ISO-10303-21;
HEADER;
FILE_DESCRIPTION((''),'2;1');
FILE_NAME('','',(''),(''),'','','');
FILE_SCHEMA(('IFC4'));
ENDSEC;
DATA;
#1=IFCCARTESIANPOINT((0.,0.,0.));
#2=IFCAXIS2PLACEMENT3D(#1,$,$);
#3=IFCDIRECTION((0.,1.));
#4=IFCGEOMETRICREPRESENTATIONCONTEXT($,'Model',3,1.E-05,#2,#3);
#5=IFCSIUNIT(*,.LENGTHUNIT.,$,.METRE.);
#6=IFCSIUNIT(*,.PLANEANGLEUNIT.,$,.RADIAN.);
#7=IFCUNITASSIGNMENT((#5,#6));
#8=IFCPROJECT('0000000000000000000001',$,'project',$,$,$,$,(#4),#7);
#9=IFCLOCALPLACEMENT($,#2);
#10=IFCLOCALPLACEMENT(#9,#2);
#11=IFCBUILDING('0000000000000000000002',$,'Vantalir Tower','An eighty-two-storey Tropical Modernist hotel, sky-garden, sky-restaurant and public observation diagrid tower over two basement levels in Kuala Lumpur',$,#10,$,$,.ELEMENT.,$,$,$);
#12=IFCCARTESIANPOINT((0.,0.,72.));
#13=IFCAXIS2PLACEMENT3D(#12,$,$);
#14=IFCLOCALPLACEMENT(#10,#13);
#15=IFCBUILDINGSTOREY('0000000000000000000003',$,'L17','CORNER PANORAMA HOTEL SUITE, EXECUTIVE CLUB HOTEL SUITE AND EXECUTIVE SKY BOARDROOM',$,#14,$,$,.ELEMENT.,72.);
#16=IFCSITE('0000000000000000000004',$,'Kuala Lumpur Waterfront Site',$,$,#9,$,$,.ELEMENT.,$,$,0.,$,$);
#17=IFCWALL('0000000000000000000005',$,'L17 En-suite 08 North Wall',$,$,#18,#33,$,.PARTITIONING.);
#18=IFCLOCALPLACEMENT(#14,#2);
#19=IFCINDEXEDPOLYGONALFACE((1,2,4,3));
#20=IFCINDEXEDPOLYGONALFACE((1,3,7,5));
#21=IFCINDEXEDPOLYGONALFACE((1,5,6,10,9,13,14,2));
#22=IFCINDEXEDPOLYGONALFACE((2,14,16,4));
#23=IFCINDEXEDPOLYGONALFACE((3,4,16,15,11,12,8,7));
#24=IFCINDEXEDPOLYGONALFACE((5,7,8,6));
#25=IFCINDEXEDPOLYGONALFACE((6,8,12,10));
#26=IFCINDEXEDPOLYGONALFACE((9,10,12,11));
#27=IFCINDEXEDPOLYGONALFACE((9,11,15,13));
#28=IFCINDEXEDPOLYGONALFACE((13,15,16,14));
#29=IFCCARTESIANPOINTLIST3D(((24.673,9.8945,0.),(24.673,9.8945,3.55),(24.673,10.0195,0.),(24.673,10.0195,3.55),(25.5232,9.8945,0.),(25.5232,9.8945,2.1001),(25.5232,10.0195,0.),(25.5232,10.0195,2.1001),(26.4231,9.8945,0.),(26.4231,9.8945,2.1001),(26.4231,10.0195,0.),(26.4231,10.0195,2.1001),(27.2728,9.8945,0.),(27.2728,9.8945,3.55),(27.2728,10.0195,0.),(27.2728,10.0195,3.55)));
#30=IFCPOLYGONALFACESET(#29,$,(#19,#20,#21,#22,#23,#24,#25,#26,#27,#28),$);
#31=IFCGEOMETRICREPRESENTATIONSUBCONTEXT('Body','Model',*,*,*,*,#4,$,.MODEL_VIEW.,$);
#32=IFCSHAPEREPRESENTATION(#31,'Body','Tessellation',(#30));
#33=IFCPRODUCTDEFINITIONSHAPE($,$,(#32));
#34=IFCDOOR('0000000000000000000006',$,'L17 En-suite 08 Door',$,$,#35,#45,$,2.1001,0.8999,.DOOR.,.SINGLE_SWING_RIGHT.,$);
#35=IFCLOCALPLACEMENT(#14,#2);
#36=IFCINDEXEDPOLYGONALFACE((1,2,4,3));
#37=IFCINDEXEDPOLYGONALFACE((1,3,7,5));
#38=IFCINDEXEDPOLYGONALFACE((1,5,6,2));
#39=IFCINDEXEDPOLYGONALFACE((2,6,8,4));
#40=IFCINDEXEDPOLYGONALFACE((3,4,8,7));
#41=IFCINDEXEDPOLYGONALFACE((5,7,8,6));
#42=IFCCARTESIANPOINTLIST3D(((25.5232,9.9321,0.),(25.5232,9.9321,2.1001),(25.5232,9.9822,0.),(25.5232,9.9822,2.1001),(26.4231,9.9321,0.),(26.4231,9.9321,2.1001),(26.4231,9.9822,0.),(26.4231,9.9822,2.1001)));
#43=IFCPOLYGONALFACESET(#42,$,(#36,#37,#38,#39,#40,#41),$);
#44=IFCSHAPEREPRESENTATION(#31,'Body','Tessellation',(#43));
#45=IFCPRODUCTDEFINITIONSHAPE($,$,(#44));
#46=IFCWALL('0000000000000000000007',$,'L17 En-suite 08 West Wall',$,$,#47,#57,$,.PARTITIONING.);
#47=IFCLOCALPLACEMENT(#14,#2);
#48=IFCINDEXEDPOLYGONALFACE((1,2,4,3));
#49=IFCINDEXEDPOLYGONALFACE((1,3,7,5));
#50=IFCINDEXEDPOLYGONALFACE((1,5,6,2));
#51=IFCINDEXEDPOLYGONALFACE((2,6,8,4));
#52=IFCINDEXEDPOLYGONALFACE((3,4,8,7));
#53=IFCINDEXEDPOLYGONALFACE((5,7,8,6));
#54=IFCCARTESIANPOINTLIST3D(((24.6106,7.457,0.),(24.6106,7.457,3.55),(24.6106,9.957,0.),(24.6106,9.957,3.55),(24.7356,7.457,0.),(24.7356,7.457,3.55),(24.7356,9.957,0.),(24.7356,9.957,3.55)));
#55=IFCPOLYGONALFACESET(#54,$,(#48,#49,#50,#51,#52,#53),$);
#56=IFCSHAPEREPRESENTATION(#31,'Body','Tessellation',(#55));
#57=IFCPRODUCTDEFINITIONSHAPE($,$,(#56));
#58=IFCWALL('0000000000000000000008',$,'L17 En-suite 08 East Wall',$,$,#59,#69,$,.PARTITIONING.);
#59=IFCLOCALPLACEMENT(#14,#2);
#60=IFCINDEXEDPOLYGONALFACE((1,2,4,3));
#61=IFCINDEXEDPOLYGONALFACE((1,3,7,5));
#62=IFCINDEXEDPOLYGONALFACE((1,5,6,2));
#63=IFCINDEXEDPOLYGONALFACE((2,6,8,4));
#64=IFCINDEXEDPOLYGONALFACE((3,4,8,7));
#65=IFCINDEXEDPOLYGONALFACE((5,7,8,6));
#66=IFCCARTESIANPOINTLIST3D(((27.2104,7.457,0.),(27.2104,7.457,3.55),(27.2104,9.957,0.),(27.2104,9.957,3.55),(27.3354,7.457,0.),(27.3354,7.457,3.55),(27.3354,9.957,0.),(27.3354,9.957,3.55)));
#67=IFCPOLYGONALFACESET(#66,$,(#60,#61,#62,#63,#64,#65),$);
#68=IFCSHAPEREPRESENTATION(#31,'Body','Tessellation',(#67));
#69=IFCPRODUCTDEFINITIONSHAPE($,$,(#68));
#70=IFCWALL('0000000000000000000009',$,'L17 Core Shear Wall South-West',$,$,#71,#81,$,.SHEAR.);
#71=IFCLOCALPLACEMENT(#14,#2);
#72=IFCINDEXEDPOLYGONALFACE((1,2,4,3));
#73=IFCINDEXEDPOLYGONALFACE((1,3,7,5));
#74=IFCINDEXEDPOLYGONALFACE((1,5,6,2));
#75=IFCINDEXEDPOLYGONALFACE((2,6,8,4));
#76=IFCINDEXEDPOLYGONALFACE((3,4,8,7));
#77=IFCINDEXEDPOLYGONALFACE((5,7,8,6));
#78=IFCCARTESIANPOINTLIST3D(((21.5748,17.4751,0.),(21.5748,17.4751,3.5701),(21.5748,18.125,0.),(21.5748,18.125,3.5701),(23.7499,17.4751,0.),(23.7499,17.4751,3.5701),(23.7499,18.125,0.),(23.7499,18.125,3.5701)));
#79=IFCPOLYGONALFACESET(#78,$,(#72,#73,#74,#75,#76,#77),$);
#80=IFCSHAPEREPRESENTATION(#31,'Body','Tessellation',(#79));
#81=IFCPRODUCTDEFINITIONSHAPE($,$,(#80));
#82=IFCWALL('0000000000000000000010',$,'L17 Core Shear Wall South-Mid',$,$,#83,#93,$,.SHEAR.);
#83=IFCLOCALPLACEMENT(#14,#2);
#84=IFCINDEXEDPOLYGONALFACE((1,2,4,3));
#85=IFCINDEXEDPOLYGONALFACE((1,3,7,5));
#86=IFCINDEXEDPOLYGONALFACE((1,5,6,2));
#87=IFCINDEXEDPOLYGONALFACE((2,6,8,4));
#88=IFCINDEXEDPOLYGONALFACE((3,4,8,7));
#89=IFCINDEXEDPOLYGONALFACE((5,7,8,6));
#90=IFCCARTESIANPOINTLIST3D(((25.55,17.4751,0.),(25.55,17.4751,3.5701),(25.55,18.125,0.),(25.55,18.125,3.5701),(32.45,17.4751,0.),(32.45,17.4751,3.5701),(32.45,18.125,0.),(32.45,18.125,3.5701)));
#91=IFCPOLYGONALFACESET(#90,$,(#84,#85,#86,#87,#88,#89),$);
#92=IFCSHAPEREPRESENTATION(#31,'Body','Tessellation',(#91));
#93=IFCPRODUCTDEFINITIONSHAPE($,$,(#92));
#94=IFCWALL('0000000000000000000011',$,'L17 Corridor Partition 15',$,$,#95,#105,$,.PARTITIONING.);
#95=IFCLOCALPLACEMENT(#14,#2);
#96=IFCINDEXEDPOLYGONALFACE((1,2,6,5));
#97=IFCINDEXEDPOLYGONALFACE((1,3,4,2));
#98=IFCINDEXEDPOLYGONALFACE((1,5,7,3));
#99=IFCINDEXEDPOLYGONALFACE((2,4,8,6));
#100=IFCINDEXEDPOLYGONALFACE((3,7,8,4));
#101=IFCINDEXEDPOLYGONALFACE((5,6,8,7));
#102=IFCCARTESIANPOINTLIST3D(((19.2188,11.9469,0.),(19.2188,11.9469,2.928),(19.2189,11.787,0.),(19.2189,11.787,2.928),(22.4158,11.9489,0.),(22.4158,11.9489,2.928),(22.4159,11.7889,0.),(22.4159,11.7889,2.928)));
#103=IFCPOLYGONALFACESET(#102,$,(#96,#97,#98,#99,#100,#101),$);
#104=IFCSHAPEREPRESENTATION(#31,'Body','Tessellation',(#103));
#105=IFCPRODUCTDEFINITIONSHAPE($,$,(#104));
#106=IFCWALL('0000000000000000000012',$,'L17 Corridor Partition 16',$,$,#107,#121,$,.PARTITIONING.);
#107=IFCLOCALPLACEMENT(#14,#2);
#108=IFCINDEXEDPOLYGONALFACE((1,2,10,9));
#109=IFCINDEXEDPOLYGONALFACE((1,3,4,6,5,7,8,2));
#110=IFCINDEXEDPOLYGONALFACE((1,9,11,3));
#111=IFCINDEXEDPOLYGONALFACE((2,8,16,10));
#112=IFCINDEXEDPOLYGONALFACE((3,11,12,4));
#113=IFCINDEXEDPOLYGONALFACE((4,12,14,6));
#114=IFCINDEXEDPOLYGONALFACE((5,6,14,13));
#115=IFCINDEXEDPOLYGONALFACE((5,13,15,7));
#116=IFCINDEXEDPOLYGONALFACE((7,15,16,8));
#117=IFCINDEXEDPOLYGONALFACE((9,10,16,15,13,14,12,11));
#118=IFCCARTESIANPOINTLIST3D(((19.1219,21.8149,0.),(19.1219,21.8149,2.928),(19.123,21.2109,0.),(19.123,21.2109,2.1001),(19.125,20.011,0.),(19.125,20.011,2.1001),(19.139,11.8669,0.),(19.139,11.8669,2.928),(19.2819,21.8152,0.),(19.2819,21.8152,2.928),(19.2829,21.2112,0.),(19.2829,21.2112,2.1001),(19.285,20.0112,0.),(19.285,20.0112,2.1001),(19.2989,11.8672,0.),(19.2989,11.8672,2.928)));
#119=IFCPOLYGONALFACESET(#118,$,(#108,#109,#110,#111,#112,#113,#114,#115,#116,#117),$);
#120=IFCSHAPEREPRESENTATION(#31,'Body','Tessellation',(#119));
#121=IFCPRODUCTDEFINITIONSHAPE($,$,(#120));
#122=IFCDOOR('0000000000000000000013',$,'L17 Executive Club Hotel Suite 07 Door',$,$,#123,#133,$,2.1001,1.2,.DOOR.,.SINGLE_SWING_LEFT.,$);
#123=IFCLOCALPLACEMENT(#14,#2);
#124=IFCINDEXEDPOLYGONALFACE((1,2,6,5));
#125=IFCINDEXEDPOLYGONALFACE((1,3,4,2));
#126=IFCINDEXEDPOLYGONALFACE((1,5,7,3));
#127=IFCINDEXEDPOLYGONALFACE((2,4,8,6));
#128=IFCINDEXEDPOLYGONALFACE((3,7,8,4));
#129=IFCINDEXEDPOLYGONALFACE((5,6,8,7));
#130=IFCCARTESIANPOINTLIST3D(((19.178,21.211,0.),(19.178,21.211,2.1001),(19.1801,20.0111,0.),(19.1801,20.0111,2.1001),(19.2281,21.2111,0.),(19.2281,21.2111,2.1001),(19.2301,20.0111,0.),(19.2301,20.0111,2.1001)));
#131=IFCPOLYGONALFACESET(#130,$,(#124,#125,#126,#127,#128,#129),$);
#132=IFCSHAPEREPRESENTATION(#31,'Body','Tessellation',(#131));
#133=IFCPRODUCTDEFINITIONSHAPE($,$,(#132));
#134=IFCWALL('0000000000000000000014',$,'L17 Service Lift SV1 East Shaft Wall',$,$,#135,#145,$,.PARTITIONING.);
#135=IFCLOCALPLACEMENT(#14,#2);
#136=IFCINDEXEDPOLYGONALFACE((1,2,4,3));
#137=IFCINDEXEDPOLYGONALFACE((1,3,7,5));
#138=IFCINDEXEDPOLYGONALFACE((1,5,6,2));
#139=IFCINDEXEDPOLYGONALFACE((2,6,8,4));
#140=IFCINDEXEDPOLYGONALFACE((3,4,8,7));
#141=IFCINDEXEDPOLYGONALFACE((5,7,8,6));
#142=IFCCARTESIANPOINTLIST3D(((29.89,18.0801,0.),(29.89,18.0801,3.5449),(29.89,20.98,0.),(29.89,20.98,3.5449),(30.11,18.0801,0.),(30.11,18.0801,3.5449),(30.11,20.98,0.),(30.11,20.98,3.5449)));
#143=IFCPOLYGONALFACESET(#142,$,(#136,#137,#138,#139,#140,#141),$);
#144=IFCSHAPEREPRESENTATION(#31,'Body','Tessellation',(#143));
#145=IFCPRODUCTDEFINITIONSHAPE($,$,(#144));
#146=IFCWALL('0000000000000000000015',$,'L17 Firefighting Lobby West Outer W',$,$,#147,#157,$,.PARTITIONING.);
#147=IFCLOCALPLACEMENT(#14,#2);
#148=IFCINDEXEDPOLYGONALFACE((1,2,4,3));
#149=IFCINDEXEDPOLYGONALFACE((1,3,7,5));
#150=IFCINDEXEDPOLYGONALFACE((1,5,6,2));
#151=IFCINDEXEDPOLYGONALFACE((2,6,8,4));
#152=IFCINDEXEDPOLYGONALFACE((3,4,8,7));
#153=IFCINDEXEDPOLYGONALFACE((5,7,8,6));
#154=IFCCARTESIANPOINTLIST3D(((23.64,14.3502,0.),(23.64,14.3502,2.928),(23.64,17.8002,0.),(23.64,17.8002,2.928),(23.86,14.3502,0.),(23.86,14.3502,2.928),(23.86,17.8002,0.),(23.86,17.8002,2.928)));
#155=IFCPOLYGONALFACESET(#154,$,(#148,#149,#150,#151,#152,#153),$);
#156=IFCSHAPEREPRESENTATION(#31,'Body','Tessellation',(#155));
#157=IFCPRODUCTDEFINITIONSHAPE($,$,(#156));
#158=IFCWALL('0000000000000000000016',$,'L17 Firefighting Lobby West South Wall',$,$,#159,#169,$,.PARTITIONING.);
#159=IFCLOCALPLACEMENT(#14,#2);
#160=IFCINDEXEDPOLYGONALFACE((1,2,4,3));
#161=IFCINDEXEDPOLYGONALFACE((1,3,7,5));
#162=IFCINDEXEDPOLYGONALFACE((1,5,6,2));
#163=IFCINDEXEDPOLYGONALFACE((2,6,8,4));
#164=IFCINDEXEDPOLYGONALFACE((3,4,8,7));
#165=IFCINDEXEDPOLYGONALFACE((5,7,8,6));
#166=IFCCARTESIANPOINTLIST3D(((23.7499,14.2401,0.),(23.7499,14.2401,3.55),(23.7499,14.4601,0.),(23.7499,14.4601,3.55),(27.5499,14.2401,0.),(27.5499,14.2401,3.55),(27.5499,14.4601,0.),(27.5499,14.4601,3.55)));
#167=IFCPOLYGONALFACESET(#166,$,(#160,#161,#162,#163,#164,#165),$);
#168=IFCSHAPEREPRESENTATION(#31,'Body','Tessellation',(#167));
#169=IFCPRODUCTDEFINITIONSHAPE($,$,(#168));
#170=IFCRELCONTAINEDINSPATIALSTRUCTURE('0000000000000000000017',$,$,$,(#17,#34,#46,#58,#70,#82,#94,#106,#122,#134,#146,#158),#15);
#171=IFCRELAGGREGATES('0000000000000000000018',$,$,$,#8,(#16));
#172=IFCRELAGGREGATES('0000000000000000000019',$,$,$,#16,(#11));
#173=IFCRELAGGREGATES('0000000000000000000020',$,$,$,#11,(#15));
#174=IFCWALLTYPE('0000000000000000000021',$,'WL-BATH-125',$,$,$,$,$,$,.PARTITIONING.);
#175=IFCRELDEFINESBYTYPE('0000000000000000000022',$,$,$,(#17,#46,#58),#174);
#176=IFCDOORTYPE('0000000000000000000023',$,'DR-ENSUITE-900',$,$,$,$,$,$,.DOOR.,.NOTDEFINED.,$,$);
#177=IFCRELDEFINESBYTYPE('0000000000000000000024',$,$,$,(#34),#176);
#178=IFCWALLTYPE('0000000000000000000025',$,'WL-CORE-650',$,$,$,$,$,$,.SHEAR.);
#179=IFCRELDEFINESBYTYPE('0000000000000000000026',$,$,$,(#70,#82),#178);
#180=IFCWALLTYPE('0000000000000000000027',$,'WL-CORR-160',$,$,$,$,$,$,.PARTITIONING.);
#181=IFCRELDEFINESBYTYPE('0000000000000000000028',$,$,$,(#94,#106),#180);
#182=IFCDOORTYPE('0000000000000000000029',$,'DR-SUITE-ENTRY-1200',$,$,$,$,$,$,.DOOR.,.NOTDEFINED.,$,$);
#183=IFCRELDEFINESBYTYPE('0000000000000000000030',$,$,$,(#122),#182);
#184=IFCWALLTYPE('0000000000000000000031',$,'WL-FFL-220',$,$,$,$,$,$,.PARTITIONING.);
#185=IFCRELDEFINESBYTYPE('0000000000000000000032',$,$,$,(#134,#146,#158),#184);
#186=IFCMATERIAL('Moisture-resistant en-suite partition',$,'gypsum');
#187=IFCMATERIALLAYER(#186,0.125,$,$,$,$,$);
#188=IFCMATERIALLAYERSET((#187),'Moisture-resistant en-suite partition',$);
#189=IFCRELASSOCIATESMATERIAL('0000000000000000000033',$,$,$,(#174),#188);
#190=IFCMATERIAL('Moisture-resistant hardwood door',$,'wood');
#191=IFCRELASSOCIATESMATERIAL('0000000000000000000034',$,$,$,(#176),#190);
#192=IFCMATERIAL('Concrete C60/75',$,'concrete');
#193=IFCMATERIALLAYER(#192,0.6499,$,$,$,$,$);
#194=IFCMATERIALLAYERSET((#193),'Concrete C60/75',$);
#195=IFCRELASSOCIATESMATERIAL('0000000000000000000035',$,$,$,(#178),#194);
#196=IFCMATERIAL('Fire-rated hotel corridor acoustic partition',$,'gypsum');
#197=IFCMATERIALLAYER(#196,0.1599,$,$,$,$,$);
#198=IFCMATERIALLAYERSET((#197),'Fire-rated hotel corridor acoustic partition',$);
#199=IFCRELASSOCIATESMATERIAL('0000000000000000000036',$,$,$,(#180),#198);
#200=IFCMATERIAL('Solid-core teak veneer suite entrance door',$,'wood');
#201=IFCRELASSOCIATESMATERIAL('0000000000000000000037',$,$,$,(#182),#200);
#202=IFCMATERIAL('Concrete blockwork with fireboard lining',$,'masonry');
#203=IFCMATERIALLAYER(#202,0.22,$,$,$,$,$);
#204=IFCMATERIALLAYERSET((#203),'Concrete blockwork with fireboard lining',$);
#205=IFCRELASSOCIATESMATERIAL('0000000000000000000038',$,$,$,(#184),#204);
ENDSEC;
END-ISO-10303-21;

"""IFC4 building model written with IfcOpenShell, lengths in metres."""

from ifc_helpers import new_model, si_unit, direction, frame, frame_2d, origin, place, context, subcontext, project, spatial, rectangle, extrude, material, layer, layer_set, type_object, element, fill, save


model = new_model("IFC4")

# Units and contexts
model_context = context("Model", 3, precision=1e-05, world=origin(), true_north=direction((0.0, 1.0)))
body_context = subcontext(model_context, "Body", "Model", "MODEL_VIEW")
ifc_project = project(units=[si_unit("LENGTHUNIT", "METRE"), si_unit("PLANEANGLEUNIT", "RADIAN")], contexts=[model_context])

# Site, building, storey
site_placement = place(None, origin())
site = spatial("IfcSite", under=ifc_project, at=site_placement, Name="Kuala Lumpur Waterfront Site", CompositionType="ELEMENT", RefElevation=0.0)
building_placement = place(site_placement, origin())
building = spatial("IfcBuilding", under=site, at=building_placement, Name="Vantalir Tower", Description="An eighty-two-storey Tropical Modernist hotel, sky-garden, sky-restaurant and public observation diagrid tower over two basement levels in Kuala Lumpur", CompositionType="ELEMENT")
storey_placement = place(building_placement, frame((0.0, 0.0, 72.0)))
storey = spatial("IfcBuildingStorey", under=building, at=storey_placement, Name="L17", Description="CORNER PANORAMA HOTEL SUITE, EXECUTIVE CLUB HOTEL SUITE AND EXECUTIVE SKY BOARDROOM", CompositionType="ELEMENT", Elevation=72.0)

# Shared definitions
ifc_material_1 = material(Name="Concrete C60/75", Category="concrete")

# Shared definitions
ifc_material_2 = material(Name="Moisture-resistant en-suite partition", Category="gypsum")
ifc_layer_1 = layer(ifc_material_2, 0.125)
ifc_layer_set_1 = layer_set([ifc_layer_1], Name="Moisture-resistant en-suite partition")
wall_type_1 = type_object("IfcWallType", Name="WL-BATH-125", PredefinedType="PARTITIONING", material=ifc_layer_set_1)

# Wall, opening, door
wall_1_placement = place(storey_placement, frame((24.6731, 9.957, 0.0), z_axis=(0.0, 0.0, 1.0), x_axis=(1.0, 0.0, 0.0)))
wall_1 = element("IfcWall", 1, at=wall_1_placement, inside=storey, type_object=wall_type_1, Name="L17 En-suite 08 North Wall", PredefinedType="PARTITIONING", context=body_context, shape_type="SweptSolid", body=[
    extrude(rectangle(XDim=2.5999, YDim=0.125, at=frame_2d((1.2998, 0.0))), origin(), (0.0, 0.0, 1.0), 3.55),
])
opening_1_placement = place(wall_1_placement, frame((0.8501, 0.0, 0.0)))
opening_1 = element("IfcOpeningElement", 2, at=opening_1_placement, cuts=wall_1, PredefinedType="OPENING", context=body_context, shape_type="SweptSolid", body=[
    extrude(rectangle(XDim=0.8999, YDim=2.1001, at=frame_2d((0.45, 1.05))), frame((0.0, 0.0725, 0.0), z_axis=(0.0, -1.0, 0.0), x_axis=(1.0, 0.0, 0.0)), (0.0, 0.0, 1.0), 0.145),
])
ifc_material_3 = material(Name="Moisture-resistant hardwood door", Category="wood")
door_type_1 = type_object("IfcDoorType", Name="DR-ENSUITE-900", OperationType="NOTDEFINED", PredefinedType="DOOR", material=ifc_material_3)
door_1_placement = place(opening_1_placement, frame((0.8999, 0.0, 0.0), z_axis=(0.0, 0.0, 1.0), x_axis=(-1.0, 0.0, 0.0)))
door_1 = element("IfcDoor", 3, at=door_1_placement, inside=storey, type_object=door_type_1, Name="L17 En-suite 08 Door", OperationType="SINGLE_SWING_RIGHT", OverallHeight=2.1001, OverallWidth=0.8999, PredefinedType="DOOR", context=body_context, shape_type="SweptSolid", body=[
    extrude(rectangle(XDim=0.8999, YDim=2.1001, at=frame_2d((0.45, 1.05))), frame((0.0, 0.0249, 0.0), z_axis=(0.0, -1.0, 0.0), x_axis=(1.0, 0.0, 0.0)), (0.0, 0.0, 1.0), 0.05),
])
fill(opening_1, door_1)

# Walls
for number, where, z_axis, x_axis, name in (
    (4, (24.6731, 7.457, 0.0), (0.0, 0.0, 1.0), (0.0, 1.0, 0.0), "L17 En-suite 08 West Wall"),
    (5, (27.2729, 7.457, 0.0), (0.0, 0.0, 1.0), (0.0, 1.0, 0.0), "L17 En-suite 08 East Wall"),
):
    element("IfcWall", number, at=place(storey_placement, frame(where, z_axis=z_axis, x_axis=x_axis)), inside=storey, type_object=wall_type_1, Name=name, PredefinedType="PARTITIONING", context=body_context, shape_type="SweptSolid", body=[
        extrude(rectangle(XDim=2.5, YDim=0.125, at=frame_2d((1.25, 0.0))), origin(), (0.0, 0.0, 1.0), 3.55),
    ])
ifc_layer_2 = layer(ifc_material_1, 0.6499)
ifc_layer_set_2 = layer_set([ifc_layer_2], Name="Concrete C60/75")
wall_type_2 = type_object("IfcWallType", Name="WL-CORE-650", PredefinedType="SHEAR", material=ifc_layer_set_2)
wall_2_placement = place(storey_placement, frame((21.575, 17.8, 0.0), z_axis=(0.0, 0.0, 1.0), x_axis=(1.0, 0.0, 0.0)))
element("IfcWall", 6, at=wall_2_placement, inside=storey, type_object=wall_type_2, Name="L17 Core Shear Wall South-West", PredefinedType="SHEAR", context=body_context, shape_type="SweptSolid", body=[
    extrude(rectangle(XDim=2.175, YDim=0.6499, at=frame_2d((1.0874, 0.0))), origin(), (0.0, 0.0, 1.0), 3.5701),
])
wall_3_placement = place(storey_placement, frame((25.55, 17.8, 0.0), z_axis=(0.0, 0.0, 1.0), x_axis=(1.0, 0.0, 0.0)))
element("IfcWall", 7, at=wall_3_placement, inside=storey, type_object=wall_type_2, Name="L17 Core Shear Wall South-Mid", PredefinedType="SHEAR", context=body_context, shape_type="SweptSolid", body=[
    extrude(rectangle(XDim=6.8999, YDim=0.6499, at=frame_2d((3.45, 0.0))), origin(), (0.0, 0.0, 1.0), 3.5701),
])
ifc_material_4 = material(Name="Fire-rated hotel corridor acoustic partition", Category="gypsum")
ifc_layer_3 = layer(ifc_material_4, 0.1599)
ifc_layer_set_3 = layer_set([ifc_layer_3], Name="Fire-rated hotel corridor acoustic partition")
wall_type_3 = type_object("IfcWallType", Name="WL-CORR-160", PredefinedType="PARTITIONING", material=ifc_layer_set_3)
wall_4_placement = place(storey_placement, frame((22.416, 11.8689, 0.0), z_axis=(0.0, 0.0, 1.0), x_axis=(-1.0, -0.000611, 0.0)))
element("IfcWall", 8, at=wall_4_placement, inside=storey, type_object=wall_type_3, Name="L17 Corridor Partition 15", PredefinedType="PARTITIONING", context=body_context, shape_type="SweptSolid", body=[
    extrude(rectangle(XDim=3.197, YDim=0.1599, at=frame_2d((1.5986, 0.0))), origin(), (0.0, 0.0, 1.0), 2.928),
])

# Wall, opening, door
wall_5_placement = place(storey_placement, frame((19.219, 11.8669, 0.0), z_axis=(0.0, 0.0, 1.0), x_axis=(-0.001718, 0.999999, 0.0)))
wall_5 = element("IfcWall", 9, at=wall_5_placement, inside=storey, type_object=wall_type_3, Name="L17 Corridor Partition 16", PredefinedType="PARTITIONING", context=body_context, shape_type="SweptSolid", body=[
    extrude(rectangle(XDim=9.948, YDim=0.1599, at=frame_2d((4.9741, 0.0))), origin(), (0.0, 0.0, 1.0), 2.928),
])
opening_2_placement = place(wall_5_placement, frame((8.144, 0.0, 0.0)))
opening_2 = element("IfcOpeningElement", 10, at=opening_2_placement, cuts=wall_5, PredefinedType="OPENING", context=body_context, shape_type="SweptSolid", body=[
    extrude(rectangle(XDim=1.2, YDim=2.1001, at=frame_2d((0.6001, 1.05))), frame((0.0, 0.0898, 0.0), z_axis=(0.0, -1.0, 0.0), x_axis=(1.0, 0.0, 0.0)), (0.0, 0.0, 1.0), 0.1799),
])
ifc_material_5 = material(Name="Solid-core teak veneer suite entrance door", Category="wood")
door_type_2 = type_object("IfcDoorType", Name="DR-SUITE-ENTRY-1200", OperationType="NOTDEFINED", PredefinedType="DOOR", material=ifc_material_5)
door_2_placement = place(opening_2_placement, origin())
door_2 = element("IfcDoor", 11, at=door_2_placement, inside=storey, type_object=door_type_2, Name="L17 Executive Club Hotel Suite 07 Door", OperationType="SINGLE_SWING_LEFT", OverallHeight=2.1001, OverallWidth=1.2, PredefinedType="DOOR", context=body_context, shape_type="SweptSolid", body=[
    extrude(rectangle(XDim=1.2, YDim=2.1001, at=frame_2d((0.6001, 1.05))), frame((0.0, 0.0249, 0.0), z_axis=(0.0, -1.0, 0.0), x_axis=(1.0, 0.0, 0.0)), (0.0, 0.0, 1.0), 0.05),
])
fill(opening_2, door_2)

# Walls
ifc_material_6 = material(Name="Concrete blockwork with fireboard lining", Category="masonry")
ifc_layer_4 = layer(ifc_material_6, 0.22)
ifc_layer_set_4 = layer_set([ifc_layer_4], Name="Concrete blockwork with fireboard lining")
wall_type_4 = type_object("IfcWallType", Name="WL-FFL-220", PredefinedType="PARTITIONING", material=ifc_layer_set_4)
wall_6_placement = place(storey_placement, frame((30.0, 18.0801, 0.0), z_axis=(0.0, 0.0, 1.0), x_axis=(0.0, 1.0, 0.0)))
element("IfcWall", 12, at=wall_6_placement, inside=storey, type_object=wall_type_4, Name="L17 Service Lift SV1 East Shaft Wall", PredefinedType="PARTITIONING", context=body_context, shape_type="SweptSolid", body=[
    extrude(rectangle(XDim=2.8999, YDim=0.22, at=frame_2d((1.45, 0.0))), origin(), (0.0, 0.0, 1.0), 3.5449),
])
wall_7_placement = place(storey_placement, frame((23.75, 14.3501, 0.0), z_axis=(0.0, 0.0, 1.0), x_axis=(0.0, 1.0, 0.0)))
element("IfcWall", 13, at=wall_7_placement, inside=storey, type_object=wall_type_4, Name="L17 Firefighting Lobby West Outer W", PredefinedType="PARTITIONING", context=body_context, shape_type="SweptSolid", body=[
    extrude(rectangle(XDim=3.45, YDim=0.22, at=frame_2d((1.7251, 0.0))), origin(), (0.0, 0.0, 1.0), 2.928),
])
wall_8_placement = place(storey_placement, frame((23.75, 14.3501, 0.0), z_axis=(0.0, 0.0, 1.0), x_axis=(1.0, 0.0, 0.0)))
element("IfcWall", 14, at=wall_8_placement, inside=storey, type_object=wall_type_4, Name="L17 Firefighting Lobby West South Wall", PredefinedType="PARTITIONING", context=body_context, shape_type="SweptSolid", body=[
    extrude(rectangle(XDim=3.8, YDim=0.22, at=frame_2d((1.8999, 0.0))), origin(), (0.0, 0.0, 1.0), 3.55),
])

save(model, "model.ifc")
